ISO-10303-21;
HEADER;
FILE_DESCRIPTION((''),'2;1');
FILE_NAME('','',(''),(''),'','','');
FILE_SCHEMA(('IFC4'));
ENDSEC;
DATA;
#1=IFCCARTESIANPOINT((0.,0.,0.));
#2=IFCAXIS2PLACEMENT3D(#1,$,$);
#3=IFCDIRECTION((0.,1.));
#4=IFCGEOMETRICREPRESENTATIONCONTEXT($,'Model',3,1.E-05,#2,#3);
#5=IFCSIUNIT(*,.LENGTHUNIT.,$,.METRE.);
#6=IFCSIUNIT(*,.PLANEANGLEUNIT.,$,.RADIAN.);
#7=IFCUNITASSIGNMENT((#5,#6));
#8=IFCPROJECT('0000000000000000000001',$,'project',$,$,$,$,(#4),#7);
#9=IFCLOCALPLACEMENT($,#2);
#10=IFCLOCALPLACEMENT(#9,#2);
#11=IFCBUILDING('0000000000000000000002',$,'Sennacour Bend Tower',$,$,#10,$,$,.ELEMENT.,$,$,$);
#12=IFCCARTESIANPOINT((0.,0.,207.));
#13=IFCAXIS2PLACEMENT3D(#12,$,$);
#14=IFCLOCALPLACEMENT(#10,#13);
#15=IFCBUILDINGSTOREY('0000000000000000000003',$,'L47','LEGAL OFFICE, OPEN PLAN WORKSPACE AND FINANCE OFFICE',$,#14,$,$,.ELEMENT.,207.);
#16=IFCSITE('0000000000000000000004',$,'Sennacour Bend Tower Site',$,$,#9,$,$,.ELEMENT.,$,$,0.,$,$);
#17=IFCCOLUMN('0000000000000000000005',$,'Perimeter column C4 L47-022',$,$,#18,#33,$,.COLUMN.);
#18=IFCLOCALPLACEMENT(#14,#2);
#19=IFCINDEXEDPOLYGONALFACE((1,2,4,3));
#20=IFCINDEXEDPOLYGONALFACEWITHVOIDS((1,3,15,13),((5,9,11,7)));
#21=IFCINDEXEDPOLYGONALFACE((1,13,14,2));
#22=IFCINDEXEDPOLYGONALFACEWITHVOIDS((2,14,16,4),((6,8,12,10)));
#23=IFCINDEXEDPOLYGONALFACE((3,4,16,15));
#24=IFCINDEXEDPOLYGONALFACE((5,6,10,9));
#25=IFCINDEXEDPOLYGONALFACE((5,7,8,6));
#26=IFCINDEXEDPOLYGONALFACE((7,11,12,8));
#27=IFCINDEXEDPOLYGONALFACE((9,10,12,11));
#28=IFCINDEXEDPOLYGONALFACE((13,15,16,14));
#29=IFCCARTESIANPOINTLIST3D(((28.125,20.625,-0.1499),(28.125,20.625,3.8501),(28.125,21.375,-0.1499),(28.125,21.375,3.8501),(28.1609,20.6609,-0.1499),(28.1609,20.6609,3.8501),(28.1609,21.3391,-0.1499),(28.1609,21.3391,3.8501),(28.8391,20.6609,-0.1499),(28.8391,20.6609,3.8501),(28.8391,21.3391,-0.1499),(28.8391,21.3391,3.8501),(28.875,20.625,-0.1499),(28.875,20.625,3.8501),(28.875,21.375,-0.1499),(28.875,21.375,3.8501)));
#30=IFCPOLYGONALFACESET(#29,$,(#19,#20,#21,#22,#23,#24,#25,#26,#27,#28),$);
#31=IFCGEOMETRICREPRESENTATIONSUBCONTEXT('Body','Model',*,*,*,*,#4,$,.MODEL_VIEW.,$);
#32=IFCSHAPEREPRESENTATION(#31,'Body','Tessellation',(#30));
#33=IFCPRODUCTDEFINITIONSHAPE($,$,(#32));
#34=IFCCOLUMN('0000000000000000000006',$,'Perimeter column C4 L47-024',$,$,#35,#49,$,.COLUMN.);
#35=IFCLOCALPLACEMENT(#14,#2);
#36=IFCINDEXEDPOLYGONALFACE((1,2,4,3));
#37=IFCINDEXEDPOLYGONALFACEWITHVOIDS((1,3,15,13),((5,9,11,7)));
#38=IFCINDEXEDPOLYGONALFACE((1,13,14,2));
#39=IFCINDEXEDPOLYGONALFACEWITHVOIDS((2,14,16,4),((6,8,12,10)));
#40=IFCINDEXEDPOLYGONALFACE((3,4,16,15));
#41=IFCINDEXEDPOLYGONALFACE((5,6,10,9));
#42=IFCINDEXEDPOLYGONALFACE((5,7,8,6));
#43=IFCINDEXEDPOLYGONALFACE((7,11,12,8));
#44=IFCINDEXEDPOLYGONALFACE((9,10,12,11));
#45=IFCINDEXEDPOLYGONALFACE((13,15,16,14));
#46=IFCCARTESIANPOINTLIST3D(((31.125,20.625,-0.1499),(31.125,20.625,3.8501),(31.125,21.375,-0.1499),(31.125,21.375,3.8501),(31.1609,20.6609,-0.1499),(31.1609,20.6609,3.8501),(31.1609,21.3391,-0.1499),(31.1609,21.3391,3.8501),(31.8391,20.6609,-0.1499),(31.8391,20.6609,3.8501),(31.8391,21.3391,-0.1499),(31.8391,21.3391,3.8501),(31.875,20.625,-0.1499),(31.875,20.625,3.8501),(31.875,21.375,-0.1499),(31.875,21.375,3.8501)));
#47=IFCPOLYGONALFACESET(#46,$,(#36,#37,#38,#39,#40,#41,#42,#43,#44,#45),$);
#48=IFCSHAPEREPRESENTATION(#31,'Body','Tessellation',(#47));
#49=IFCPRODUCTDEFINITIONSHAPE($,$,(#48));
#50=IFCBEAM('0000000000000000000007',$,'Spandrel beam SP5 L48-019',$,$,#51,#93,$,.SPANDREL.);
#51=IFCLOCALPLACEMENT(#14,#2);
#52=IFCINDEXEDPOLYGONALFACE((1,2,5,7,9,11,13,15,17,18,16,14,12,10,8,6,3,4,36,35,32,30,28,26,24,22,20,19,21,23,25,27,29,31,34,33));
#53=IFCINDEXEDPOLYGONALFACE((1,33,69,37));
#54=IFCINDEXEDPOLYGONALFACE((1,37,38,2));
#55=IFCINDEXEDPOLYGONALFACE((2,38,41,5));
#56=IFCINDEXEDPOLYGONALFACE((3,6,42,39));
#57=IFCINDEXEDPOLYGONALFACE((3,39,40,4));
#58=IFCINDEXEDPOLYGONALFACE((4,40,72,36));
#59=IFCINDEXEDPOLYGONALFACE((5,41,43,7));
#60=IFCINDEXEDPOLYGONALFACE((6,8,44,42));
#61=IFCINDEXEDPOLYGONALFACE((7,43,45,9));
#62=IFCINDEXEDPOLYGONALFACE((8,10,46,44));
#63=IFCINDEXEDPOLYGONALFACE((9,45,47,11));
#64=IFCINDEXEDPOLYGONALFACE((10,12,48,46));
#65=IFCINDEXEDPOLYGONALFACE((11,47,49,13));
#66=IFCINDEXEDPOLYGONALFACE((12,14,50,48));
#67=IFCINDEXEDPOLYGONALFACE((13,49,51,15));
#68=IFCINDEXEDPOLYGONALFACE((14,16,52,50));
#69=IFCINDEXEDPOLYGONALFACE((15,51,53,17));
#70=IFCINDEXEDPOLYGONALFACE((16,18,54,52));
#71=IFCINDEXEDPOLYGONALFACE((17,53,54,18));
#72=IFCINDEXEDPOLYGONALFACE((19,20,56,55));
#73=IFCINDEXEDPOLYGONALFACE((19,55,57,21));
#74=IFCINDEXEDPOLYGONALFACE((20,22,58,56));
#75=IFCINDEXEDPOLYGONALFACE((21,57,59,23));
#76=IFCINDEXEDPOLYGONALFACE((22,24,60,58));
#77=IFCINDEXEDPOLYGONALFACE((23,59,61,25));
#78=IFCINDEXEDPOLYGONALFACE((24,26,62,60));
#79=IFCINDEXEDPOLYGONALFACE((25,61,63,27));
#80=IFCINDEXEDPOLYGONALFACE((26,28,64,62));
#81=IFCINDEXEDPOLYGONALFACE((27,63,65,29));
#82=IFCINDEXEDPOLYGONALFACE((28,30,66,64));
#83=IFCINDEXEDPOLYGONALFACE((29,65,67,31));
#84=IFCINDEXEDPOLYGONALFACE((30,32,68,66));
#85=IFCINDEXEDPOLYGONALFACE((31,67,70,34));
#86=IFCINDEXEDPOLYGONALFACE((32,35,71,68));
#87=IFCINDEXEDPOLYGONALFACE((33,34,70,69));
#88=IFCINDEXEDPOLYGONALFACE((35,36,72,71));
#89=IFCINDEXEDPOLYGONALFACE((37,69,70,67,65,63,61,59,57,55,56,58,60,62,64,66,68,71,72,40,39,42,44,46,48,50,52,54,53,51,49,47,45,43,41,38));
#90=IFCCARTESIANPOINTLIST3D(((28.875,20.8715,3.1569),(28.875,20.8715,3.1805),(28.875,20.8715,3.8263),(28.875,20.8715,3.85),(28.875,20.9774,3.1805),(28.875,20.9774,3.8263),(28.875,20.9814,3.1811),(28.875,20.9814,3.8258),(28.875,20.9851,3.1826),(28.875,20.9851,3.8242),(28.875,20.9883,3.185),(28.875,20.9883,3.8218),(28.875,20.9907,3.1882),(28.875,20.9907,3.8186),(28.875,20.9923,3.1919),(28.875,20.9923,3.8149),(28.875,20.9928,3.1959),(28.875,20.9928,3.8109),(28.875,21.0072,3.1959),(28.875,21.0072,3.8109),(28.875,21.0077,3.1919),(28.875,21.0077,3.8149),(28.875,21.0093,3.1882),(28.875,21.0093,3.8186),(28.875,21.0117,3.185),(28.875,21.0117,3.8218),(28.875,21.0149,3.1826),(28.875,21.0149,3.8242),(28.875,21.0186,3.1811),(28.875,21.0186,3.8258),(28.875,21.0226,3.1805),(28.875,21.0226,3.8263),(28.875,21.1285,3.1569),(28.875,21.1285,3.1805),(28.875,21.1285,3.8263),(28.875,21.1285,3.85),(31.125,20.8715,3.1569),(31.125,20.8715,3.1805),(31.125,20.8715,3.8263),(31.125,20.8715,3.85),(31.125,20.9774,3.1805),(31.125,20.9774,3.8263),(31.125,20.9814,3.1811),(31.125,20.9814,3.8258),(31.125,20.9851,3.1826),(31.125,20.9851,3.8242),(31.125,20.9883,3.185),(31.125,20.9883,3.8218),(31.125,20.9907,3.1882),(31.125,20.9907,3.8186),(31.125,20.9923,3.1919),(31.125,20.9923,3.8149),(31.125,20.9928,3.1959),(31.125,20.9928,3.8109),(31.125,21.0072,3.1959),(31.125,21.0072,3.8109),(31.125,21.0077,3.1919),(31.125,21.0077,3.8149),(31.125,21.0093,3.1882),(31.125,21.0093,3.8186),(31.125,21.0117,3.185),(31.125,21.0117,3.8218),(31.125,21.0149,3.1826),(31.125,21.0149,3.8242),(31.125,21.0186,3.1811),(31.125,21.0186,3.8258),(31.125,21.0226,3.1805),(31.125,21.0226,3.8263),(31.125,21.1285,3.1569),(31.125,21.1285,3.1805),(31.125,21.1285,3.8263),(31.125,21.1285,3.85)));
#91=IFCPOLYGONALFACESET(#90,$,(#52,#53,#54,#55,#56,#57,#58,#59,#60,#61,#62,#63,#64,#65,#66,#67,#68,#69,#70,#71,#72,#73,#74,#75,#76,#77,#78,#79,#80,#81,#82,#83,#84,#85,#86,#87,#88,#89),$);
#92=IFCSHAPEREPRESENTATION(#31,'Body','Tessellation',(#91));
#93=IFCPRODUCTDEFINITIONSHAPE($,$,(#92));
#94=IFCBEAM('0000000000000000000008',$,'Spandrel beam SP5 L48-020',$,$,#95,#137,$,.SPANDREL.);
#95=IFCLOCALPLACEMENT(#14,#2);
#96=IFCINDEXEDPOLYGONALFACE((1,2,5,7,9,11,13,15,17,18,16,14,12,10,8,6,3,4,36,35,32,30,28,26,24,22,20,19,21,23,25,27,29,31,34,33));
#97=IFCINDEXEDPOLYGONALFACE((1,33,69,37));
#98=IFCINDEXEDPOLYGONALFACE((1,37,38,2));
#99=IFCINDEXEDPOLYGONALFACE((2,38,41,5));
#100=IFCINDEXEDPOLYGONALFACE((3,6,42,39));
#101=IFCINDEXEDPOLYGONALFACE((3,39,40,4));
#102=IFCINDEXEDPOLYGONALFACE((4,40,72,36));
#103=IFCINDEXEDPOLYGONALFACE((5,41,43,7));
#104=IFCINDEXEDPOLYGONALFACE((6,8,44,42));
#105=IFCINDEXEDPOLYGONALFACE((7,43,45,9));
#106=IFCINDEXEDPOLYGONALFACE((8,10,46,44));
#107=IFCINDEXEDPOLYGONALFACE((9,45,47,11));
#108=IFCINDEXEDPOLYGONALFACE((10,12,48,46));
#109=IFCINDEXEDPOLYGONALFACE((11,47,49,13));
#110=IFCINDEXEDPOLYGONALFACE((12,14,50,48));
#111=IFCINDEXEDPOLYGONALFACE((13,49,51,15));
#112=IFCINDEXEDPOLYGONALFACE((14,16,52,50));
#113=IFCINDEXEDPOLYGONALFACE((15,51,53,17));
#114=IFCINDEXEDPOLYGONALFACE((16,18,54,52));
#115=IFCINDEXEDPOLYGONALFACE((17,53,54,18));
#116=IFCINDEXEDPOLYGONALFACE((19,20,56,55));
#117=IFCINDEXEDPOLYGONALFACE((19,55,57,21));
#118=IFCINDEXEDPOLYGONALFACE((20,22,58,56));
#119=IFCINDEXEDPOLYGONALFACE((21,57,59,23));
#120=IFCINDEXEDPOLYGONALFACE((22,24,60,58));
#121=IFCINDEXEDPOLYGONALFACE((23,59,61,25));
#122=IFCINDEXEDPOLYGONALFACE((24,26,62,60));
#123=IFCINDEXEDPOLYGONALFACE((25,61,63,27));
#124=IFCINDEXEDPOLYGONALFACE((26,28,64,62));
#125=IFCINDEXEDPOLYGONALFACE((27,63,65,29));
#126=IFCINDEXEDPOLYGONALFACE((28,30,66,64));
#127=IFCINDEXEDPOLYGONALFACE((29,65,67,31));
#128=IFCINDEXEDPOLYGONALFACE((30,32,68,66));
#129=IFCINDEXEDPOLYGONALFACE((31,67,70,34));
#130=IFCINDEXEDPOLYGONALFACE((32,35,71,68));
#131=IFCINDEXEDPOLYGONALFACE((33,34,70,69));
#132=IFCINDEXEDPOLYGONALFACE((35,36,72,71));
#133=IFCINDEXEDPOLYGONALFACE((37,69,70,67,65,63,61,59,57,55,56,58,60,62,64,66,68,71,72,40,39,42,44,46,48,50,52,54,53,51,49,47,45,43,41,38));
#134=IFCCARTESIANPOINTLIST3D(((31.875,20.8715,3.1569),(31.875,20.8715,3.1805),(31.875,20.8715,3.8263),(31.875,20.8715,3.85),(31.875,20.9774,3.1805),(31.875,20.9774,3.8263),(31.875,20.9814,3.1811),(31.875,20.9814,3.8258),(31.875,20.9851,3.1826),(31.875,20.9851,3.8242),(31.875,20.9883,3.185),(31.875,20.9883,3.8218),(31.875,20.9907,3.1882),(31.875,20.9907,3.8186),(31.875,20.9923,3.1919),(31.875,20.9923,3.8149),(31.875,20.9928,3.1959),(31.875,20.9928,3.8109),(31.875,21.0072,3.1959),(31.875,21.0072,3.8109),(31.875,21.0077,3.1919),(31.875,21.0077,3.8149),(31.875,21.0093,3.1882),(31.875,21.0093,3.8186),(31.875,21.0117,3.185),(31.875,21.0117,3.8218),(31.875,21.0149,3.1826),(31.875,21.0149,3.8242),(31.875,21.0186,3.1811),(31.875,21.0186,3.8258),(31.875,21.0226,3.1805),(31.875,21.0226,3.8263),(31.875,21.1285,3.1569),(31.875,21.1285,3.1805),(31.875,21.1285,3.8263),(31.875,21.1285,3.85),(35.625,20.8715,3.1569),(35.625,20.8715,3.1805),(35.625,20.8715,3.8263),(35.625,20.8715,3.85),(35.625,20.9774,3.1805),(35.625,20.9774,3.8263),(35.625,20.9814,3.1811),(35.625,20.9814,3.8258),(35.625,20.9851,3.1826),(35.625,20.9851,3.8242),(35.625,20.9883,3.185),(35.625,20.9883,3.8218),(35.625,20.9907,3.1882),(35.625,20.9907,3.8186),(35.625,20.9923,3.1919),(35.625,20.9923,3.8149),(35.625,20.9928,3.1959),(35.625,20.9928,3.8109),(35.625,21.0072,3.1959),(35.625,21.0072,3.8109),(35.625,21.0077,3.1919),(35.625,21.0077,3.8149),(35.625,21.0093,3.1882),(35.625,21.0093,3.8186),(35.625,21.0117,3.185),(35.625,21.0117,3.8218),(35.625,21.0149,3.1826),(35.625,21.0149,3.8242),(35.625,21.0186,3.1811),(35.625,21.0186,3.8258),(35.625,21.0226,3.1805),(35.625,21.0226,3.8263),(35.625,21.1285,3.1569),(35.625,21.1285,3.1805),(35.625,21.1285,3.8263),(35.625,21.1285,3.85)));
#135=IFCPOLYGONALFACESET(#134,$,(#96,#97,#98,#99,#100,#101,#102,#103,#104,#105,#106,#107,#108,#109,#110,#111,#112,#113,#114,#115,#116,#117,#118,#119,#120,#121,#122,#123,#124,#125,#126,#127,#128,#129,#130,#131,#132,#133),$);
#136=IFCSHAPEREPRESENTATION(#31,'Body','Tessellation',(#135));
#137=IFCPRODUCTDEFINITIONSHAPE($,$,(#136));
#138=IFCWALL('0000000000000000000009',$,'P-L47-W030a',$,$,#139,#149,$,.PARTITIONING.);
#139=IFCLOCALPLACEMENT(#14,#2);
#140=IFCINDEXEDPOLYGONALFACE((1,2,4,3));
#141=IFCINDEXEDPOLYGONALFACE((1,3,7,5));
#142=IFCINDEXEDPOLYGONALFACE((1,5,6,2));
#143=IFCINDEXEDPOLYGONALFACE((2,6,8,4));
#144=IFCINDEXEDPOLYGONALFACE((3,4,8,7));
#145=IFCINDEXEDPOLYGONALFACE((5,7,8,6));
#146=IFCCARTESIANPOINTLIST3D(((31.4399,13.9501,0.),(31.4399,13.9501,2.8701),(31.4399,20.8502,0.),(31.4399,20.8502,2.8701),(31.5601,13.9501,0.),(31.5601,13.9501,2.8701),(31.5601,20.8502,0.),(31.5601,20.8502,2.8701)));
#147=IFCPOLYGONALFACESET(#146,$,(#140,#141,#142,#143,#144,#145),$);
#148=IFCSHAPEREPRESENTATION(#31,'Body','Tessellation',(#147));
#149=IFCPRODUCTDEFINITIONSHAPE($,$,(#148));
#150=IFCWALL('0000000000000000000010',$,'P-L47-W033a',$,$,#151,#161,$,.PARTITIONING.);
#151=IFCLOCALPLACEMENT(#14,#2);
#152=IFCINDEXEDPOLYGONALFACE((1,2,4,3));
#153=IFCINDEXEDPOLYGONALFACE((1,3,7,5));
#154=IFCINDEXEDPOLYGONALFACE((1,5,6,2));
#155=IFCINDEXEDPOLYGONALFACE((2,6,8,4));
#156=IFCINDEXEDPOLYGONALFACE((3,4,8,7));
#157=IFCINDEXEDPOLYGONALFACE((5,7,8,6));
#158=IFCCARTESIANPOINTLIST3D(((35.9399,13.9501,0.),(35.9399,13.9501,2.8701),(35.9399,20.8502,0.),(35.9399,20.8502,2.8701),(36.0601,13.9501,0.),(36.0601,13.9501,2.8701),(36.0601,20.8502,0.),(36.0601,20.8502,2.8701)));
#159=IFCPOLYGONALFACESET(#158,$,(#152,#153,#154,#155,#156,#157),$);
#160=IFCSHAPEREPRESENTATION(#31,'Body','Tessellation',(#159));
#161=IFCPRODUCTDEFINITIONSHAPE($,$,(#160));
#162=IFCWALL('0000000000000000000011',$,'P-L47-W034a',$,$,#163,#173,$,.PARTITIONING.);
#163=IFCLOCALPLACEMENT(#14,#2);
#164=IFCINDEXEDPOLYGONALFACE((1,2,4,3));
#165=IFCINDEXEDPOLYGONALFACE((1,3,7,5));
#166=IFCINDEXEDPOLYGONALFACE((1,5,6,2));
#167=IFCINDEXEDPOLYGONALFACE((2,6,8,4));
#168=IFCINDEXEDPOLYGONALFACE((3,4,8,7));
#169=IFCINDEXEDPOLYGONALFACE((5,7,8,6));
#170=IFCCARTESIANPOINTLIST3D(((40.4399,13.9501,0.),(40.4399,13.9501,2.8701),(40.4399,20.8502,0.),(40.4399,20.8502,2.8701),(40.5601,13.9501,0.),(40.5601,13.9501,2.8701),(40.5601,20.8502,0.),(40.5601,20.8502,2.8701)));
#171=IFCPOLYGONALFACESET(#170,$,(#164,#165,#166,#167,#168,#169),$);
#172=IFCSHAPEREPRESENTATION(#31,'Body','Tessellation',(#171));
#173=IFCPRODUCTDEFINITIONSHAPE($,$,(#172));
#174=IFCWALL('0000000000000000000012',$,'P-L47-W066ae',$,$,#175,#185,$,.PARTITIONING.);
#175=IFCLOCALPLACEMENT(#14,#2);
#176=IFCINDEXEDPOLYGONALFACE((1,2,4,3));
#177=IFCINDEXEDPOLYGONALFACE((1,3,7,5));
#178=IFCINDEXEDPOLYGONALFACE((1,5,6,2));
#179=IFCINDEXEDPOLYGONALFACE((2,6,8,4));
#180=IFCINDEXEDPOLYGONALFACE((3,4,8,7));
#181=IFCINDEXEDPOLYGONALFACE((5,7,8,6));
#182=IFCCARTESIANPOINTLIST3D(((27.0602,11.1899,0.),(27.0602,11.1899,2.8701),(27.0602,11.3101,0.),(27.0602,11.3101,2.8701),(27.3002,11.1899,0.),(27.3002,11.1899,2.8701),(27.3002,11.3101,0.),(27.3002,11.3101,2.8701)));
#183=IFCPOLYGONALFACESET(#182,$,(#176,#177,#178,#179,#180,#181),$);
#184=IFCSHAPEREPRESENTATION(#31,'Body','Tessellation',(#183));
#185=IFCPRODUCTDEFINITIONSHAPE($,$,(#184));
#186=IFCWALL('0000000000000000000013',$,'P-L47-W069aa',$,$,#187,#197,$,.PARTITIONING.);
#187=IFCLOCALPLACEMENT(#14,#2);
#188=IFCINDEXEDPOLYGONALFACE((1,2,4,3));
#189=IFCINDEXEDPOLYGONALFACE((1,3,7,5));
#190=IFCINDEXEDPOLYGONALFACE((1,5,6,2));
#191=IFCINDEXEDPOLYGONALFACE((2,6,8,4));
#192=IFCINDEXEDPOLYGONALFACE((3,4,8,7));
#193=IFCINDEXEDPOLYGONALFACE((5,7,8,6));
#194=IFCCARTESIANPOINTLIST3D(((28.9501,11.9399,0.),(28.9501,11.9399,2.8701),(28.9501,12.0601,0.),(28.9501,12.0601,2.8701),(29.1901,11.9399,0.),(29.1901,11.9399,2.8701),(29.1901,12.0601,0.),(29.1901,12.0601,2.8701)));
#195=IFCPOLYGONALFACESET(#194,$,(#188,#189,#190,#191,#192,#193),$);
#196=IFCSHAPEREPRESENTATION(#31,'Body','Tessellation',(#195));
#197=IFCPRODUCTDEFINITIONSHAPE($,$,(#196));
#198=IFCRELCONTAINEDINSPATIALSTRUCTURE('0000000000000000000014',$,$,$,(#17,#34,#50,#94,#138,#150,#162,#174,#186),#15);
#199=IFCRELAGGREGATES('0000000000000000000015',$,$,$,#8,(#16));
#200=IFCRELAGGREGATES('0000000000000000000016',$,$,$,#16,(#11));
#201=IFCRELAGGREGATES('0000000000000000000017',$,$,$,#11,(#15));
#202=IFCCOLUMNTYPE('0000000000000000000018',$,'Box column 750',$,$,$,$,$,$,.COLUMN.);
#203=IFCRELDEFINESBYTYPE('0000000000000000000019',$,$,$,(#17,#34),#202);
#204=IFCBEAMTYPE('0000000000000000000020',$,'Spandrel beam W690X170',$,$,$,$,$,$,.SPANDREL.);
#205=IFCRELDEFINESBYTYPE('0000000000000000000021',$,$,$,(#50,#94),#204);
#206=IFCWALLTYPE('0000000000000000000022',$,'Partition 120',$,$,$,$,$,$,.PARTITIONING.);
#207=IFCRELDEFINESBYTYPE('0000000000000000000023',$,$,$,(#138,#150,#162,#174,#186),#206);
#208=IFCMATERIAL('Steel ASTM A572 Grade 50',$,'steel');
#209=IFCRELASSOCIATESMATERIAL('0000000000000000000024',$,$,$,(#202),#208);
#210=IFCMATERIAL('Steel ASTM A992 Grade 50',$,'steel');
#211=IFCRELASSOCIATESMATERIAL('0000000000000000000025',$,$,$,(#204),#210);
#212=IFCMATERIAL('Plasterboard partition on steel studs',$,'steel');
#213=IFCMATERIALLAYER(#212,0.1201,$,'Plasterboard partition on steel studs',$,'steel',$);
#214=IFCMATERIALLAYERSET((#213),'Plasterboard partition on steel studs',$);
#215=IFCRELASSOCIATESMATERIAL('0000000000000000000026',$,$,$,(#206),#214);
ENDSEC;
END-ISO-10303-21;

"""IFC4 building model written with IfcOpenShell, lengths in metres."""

from ifc_helpers import new_model, si_unit, direction, frame, frame_2d, origin, origin_2d, place, context, subcontext, project, spatial, rectangle, hollow_rectangle, i_section, extrude, material, layer, layer_set, material_profile, profile_set, type_object, element, save


model = new_model("IFC4")

# Units and contexts
model_context = context("Model", 3, precision=1e-05, world=origin(), true_north=direction((0.0, 1.0)))
body_context = subcontext(model_context, "Body", "Model", "MODEL_VIEW")
ifc_project = project(units=[si_unit("LENGTHUNIT", "METRE"), si_unit("PLANEANGLEUNIT", "RADIAN")], contexts=[model_context])

# Site, building, storey
site_placement = place(None, origin())
site = spatial("IfcSite", under=ifc_project, at=site_placement, Name="Sennacour Bend Tower Site", CompositionType="ELEMENT", RefElevation=0.0)
building_placement = place(site_placement, origin())
building = spatial("IfcBuilding", under=site, at=building_placement, Name="Sennacour Bend Tower", CompositionType="ELEMENT")
storey_placement = place(building_placement, frame((0.0, 0.0, 207.0)))
storey = spatial("IfcBuildingStorey", under=building, at=storey_placement, Name="L47", Description="LEGAL OFFICE, OPEN PLAN WORKSPACE AND FINANCE OFFICE", CompositionType="ELEMENT", Elevation=207.0)

# Columns
ifc_material_1 = material(Name="Steel ASTM A572 Grade 50", Category="steel")
ifc_material_profile_1 = material_profile(ifc_material_1, hollow_rectangle(XDim=0.75, YDim=0.75, WallThickness=0.0359, at=origin_2d()), Name="Steel ASTM A572 Grade 50", Category="steel")
ifc_profile_set_1 = profile_set([ifc_material_profile_1], Name="Steel ASTM A572 Grade 50")
column_type = type_object("IfcColumnType", Name="Box column 750", PredefinedType="COLUMN", material=ifc_profile_set_1)
for number, where, z_axis, x_axis, name in (
    (1, (28.5, 21.0, -0.1499), (0.0, 0.0, 1.0), (1.0, 0.0, 0.0), "Perimeter column C4 L47-022"),
    (2, (31.5, 21.0, -0.1499), (0.0, 0.0, 1.0), (1.0, 0.0, 0.0), "Perimeter column C4 L47-024"),
):
    element("IfcColumn", number, at=place(storey_placement, frame(where, z_axis=z_axis, x_axis=x_axis)), inside=storey, type_object=column_type, Name=name, PredefinedType="COLUMN", context=body_context, shape_type="SweptSolid", body=[
        extrude(hollow_rectangle(XDim=0.75, YDim=0.75, WallThickness=0.0359, at=origin_2d()), origin(), (0.0, 0.0, 1.0), 4.0),
    ])

# Beams
ifc_material_2 = material(Name="Steel ASTM A992 Grade 50", Category="steel")
ifc_material_profile_2 = material_profile(ifc_material_2, i_section(OverallWidth=0.2571, OverallDepth=0.6931, WebThickness=0.0144, FlangeThickness=0.0237, FilletRadius=0.0154, at=origin_2d()), Name="Steel ASTM A992 Grade 50", Category="steel")
ifc_profile_set_2 = profile_set([ifc_material_profile_2], Name="Steel ASTM A992 Grade 50")
beam_type = type_object("IfcBeamType", Name="Spandrel beam W690X170", PredefinedType="SPANDREL", material=ifc_profile_set_2)
beam_1_placement = place(storey_placement, frame((28.875, 21.0, 3.5034), z_axis=(1.0, 0.0, 0.0), x_axis=(0.0, 1.0, 0.0)))
element("IfcBeam", 3, at=beam_1_placement, inside=storey, type_object=beam_type, Name="Spandrel beam SP5 L48-019", PredefinedType="SPANDREL", context=body_context, shape_type="SweptSolid", body=[
    extrude(i_section(OverallWidth=0.2571, OverallDepth=0.6931, WebThickness=0.0144, FlangeThickness=0.0237, FilletRadius=0.0154, at=origin_2d()), origin(), (0.0, 0.0, 1.0), 2.25),
])
beam_2_placement = place(storey_placement, frame((31.875, 21.0, 3.5034), z_axis=(1.0, 0.0, 0.0), x_axis=(0.0, 1.0, 0.0)))
element("IfcBeam", 4, at=beam_2_placement, inside=storey, type_object=beam_type, Name="Spandrel beam SP5 L48-020", PredefinedType="SPANDREL", context=body_context, shape_type="SweptSolid", body=[
    extrude(i_section(OverallWidth=0.2571, OverallDepth=0.6931, WebThickness=0.0144, FlangeThickness=0.0237, FilletRadius=0.0154, at=origin_2d()), origin(), (0.0, 0.0, 1.0), 3.75),
])

# Walls
ifc_material_3 = material(Name="Plasterboard partition on steel studs", Category="steel")
ifc_layer_1 = layer(ifc_material_3, 0.1201, Name="Plasterboard partition on steel studs", Category="steel")
ifc_layer_set_1 = layer_set([ifc_layer_1], Name="Plasterboard partition on steel studs")
wall_type_1 = type_object("IfcWallType", Name="Partition 120", PredefinedType="PARTITIONING", material=ifc_layer_set_1)
for number, where, z_axis, x_axis, name in (
    (5, (31.5, 13.95, 0.0), (0.0, 0.0, 1.0), (0.0, 1.0, 0.0), "P-L47-W030a"),
    (6, (36.0, 13.95, 0.0), (0.0, 0.0, 1.0), (0.0, 1.0, 0.0), "P-L47-W033a"),
    (7, (40.5, 13.95, 0.0), (0.0, 0.0, 1.0), (0.0, 1.0, 0.0), "P-L47-W034a"),
):
    element("IfcWall", number, at=place(storey_placement, frame(where, z_axis=z_axis, x_axis=x_axis)), inside=storey, type_object=wall_type_1, Name=name, PredefinedType="PARTITIONING", context=body_context, shape_type="SweptSolid", body=[
        extrude(rectangle(XDim=6.9001, YDim=0.1201, at=frame_2d((3.4502, 0.0))), origin(), (0.0, 0.0, 1.0), 2.8701),
    ])
for number, where, z_axis, x_axis, name in (
    (8, (27.0601, 11.25, 0.0), (0.0, 0.0, 1.0), (1.0, 0.0, 0.0), "P-L47-W066ae"),
    (9, (28.95, 12.0, 0.0), (0.0, 0.0, 1.0), (1.0, 0.0, 0.0), "P-L47-W069aa"),
):
    element("IfcWall", number, at=place(storey_placement, frame(where, z_axis=z_axis, x_axis=x_axis)), inside=storey, type_object=wall_type_1, Name=name, PredefinedType="PARTITIONING", context=body_context, shape_type="SweptSolid", body=[
        extrude(rectangle(XDim=0.24, YDim=0.1201, at=frame_2d((0.1201, 0.0))), origin(), (0.0, 0.0, 1.0), 2.8701),
    ])

save(model, "model.ifc")
